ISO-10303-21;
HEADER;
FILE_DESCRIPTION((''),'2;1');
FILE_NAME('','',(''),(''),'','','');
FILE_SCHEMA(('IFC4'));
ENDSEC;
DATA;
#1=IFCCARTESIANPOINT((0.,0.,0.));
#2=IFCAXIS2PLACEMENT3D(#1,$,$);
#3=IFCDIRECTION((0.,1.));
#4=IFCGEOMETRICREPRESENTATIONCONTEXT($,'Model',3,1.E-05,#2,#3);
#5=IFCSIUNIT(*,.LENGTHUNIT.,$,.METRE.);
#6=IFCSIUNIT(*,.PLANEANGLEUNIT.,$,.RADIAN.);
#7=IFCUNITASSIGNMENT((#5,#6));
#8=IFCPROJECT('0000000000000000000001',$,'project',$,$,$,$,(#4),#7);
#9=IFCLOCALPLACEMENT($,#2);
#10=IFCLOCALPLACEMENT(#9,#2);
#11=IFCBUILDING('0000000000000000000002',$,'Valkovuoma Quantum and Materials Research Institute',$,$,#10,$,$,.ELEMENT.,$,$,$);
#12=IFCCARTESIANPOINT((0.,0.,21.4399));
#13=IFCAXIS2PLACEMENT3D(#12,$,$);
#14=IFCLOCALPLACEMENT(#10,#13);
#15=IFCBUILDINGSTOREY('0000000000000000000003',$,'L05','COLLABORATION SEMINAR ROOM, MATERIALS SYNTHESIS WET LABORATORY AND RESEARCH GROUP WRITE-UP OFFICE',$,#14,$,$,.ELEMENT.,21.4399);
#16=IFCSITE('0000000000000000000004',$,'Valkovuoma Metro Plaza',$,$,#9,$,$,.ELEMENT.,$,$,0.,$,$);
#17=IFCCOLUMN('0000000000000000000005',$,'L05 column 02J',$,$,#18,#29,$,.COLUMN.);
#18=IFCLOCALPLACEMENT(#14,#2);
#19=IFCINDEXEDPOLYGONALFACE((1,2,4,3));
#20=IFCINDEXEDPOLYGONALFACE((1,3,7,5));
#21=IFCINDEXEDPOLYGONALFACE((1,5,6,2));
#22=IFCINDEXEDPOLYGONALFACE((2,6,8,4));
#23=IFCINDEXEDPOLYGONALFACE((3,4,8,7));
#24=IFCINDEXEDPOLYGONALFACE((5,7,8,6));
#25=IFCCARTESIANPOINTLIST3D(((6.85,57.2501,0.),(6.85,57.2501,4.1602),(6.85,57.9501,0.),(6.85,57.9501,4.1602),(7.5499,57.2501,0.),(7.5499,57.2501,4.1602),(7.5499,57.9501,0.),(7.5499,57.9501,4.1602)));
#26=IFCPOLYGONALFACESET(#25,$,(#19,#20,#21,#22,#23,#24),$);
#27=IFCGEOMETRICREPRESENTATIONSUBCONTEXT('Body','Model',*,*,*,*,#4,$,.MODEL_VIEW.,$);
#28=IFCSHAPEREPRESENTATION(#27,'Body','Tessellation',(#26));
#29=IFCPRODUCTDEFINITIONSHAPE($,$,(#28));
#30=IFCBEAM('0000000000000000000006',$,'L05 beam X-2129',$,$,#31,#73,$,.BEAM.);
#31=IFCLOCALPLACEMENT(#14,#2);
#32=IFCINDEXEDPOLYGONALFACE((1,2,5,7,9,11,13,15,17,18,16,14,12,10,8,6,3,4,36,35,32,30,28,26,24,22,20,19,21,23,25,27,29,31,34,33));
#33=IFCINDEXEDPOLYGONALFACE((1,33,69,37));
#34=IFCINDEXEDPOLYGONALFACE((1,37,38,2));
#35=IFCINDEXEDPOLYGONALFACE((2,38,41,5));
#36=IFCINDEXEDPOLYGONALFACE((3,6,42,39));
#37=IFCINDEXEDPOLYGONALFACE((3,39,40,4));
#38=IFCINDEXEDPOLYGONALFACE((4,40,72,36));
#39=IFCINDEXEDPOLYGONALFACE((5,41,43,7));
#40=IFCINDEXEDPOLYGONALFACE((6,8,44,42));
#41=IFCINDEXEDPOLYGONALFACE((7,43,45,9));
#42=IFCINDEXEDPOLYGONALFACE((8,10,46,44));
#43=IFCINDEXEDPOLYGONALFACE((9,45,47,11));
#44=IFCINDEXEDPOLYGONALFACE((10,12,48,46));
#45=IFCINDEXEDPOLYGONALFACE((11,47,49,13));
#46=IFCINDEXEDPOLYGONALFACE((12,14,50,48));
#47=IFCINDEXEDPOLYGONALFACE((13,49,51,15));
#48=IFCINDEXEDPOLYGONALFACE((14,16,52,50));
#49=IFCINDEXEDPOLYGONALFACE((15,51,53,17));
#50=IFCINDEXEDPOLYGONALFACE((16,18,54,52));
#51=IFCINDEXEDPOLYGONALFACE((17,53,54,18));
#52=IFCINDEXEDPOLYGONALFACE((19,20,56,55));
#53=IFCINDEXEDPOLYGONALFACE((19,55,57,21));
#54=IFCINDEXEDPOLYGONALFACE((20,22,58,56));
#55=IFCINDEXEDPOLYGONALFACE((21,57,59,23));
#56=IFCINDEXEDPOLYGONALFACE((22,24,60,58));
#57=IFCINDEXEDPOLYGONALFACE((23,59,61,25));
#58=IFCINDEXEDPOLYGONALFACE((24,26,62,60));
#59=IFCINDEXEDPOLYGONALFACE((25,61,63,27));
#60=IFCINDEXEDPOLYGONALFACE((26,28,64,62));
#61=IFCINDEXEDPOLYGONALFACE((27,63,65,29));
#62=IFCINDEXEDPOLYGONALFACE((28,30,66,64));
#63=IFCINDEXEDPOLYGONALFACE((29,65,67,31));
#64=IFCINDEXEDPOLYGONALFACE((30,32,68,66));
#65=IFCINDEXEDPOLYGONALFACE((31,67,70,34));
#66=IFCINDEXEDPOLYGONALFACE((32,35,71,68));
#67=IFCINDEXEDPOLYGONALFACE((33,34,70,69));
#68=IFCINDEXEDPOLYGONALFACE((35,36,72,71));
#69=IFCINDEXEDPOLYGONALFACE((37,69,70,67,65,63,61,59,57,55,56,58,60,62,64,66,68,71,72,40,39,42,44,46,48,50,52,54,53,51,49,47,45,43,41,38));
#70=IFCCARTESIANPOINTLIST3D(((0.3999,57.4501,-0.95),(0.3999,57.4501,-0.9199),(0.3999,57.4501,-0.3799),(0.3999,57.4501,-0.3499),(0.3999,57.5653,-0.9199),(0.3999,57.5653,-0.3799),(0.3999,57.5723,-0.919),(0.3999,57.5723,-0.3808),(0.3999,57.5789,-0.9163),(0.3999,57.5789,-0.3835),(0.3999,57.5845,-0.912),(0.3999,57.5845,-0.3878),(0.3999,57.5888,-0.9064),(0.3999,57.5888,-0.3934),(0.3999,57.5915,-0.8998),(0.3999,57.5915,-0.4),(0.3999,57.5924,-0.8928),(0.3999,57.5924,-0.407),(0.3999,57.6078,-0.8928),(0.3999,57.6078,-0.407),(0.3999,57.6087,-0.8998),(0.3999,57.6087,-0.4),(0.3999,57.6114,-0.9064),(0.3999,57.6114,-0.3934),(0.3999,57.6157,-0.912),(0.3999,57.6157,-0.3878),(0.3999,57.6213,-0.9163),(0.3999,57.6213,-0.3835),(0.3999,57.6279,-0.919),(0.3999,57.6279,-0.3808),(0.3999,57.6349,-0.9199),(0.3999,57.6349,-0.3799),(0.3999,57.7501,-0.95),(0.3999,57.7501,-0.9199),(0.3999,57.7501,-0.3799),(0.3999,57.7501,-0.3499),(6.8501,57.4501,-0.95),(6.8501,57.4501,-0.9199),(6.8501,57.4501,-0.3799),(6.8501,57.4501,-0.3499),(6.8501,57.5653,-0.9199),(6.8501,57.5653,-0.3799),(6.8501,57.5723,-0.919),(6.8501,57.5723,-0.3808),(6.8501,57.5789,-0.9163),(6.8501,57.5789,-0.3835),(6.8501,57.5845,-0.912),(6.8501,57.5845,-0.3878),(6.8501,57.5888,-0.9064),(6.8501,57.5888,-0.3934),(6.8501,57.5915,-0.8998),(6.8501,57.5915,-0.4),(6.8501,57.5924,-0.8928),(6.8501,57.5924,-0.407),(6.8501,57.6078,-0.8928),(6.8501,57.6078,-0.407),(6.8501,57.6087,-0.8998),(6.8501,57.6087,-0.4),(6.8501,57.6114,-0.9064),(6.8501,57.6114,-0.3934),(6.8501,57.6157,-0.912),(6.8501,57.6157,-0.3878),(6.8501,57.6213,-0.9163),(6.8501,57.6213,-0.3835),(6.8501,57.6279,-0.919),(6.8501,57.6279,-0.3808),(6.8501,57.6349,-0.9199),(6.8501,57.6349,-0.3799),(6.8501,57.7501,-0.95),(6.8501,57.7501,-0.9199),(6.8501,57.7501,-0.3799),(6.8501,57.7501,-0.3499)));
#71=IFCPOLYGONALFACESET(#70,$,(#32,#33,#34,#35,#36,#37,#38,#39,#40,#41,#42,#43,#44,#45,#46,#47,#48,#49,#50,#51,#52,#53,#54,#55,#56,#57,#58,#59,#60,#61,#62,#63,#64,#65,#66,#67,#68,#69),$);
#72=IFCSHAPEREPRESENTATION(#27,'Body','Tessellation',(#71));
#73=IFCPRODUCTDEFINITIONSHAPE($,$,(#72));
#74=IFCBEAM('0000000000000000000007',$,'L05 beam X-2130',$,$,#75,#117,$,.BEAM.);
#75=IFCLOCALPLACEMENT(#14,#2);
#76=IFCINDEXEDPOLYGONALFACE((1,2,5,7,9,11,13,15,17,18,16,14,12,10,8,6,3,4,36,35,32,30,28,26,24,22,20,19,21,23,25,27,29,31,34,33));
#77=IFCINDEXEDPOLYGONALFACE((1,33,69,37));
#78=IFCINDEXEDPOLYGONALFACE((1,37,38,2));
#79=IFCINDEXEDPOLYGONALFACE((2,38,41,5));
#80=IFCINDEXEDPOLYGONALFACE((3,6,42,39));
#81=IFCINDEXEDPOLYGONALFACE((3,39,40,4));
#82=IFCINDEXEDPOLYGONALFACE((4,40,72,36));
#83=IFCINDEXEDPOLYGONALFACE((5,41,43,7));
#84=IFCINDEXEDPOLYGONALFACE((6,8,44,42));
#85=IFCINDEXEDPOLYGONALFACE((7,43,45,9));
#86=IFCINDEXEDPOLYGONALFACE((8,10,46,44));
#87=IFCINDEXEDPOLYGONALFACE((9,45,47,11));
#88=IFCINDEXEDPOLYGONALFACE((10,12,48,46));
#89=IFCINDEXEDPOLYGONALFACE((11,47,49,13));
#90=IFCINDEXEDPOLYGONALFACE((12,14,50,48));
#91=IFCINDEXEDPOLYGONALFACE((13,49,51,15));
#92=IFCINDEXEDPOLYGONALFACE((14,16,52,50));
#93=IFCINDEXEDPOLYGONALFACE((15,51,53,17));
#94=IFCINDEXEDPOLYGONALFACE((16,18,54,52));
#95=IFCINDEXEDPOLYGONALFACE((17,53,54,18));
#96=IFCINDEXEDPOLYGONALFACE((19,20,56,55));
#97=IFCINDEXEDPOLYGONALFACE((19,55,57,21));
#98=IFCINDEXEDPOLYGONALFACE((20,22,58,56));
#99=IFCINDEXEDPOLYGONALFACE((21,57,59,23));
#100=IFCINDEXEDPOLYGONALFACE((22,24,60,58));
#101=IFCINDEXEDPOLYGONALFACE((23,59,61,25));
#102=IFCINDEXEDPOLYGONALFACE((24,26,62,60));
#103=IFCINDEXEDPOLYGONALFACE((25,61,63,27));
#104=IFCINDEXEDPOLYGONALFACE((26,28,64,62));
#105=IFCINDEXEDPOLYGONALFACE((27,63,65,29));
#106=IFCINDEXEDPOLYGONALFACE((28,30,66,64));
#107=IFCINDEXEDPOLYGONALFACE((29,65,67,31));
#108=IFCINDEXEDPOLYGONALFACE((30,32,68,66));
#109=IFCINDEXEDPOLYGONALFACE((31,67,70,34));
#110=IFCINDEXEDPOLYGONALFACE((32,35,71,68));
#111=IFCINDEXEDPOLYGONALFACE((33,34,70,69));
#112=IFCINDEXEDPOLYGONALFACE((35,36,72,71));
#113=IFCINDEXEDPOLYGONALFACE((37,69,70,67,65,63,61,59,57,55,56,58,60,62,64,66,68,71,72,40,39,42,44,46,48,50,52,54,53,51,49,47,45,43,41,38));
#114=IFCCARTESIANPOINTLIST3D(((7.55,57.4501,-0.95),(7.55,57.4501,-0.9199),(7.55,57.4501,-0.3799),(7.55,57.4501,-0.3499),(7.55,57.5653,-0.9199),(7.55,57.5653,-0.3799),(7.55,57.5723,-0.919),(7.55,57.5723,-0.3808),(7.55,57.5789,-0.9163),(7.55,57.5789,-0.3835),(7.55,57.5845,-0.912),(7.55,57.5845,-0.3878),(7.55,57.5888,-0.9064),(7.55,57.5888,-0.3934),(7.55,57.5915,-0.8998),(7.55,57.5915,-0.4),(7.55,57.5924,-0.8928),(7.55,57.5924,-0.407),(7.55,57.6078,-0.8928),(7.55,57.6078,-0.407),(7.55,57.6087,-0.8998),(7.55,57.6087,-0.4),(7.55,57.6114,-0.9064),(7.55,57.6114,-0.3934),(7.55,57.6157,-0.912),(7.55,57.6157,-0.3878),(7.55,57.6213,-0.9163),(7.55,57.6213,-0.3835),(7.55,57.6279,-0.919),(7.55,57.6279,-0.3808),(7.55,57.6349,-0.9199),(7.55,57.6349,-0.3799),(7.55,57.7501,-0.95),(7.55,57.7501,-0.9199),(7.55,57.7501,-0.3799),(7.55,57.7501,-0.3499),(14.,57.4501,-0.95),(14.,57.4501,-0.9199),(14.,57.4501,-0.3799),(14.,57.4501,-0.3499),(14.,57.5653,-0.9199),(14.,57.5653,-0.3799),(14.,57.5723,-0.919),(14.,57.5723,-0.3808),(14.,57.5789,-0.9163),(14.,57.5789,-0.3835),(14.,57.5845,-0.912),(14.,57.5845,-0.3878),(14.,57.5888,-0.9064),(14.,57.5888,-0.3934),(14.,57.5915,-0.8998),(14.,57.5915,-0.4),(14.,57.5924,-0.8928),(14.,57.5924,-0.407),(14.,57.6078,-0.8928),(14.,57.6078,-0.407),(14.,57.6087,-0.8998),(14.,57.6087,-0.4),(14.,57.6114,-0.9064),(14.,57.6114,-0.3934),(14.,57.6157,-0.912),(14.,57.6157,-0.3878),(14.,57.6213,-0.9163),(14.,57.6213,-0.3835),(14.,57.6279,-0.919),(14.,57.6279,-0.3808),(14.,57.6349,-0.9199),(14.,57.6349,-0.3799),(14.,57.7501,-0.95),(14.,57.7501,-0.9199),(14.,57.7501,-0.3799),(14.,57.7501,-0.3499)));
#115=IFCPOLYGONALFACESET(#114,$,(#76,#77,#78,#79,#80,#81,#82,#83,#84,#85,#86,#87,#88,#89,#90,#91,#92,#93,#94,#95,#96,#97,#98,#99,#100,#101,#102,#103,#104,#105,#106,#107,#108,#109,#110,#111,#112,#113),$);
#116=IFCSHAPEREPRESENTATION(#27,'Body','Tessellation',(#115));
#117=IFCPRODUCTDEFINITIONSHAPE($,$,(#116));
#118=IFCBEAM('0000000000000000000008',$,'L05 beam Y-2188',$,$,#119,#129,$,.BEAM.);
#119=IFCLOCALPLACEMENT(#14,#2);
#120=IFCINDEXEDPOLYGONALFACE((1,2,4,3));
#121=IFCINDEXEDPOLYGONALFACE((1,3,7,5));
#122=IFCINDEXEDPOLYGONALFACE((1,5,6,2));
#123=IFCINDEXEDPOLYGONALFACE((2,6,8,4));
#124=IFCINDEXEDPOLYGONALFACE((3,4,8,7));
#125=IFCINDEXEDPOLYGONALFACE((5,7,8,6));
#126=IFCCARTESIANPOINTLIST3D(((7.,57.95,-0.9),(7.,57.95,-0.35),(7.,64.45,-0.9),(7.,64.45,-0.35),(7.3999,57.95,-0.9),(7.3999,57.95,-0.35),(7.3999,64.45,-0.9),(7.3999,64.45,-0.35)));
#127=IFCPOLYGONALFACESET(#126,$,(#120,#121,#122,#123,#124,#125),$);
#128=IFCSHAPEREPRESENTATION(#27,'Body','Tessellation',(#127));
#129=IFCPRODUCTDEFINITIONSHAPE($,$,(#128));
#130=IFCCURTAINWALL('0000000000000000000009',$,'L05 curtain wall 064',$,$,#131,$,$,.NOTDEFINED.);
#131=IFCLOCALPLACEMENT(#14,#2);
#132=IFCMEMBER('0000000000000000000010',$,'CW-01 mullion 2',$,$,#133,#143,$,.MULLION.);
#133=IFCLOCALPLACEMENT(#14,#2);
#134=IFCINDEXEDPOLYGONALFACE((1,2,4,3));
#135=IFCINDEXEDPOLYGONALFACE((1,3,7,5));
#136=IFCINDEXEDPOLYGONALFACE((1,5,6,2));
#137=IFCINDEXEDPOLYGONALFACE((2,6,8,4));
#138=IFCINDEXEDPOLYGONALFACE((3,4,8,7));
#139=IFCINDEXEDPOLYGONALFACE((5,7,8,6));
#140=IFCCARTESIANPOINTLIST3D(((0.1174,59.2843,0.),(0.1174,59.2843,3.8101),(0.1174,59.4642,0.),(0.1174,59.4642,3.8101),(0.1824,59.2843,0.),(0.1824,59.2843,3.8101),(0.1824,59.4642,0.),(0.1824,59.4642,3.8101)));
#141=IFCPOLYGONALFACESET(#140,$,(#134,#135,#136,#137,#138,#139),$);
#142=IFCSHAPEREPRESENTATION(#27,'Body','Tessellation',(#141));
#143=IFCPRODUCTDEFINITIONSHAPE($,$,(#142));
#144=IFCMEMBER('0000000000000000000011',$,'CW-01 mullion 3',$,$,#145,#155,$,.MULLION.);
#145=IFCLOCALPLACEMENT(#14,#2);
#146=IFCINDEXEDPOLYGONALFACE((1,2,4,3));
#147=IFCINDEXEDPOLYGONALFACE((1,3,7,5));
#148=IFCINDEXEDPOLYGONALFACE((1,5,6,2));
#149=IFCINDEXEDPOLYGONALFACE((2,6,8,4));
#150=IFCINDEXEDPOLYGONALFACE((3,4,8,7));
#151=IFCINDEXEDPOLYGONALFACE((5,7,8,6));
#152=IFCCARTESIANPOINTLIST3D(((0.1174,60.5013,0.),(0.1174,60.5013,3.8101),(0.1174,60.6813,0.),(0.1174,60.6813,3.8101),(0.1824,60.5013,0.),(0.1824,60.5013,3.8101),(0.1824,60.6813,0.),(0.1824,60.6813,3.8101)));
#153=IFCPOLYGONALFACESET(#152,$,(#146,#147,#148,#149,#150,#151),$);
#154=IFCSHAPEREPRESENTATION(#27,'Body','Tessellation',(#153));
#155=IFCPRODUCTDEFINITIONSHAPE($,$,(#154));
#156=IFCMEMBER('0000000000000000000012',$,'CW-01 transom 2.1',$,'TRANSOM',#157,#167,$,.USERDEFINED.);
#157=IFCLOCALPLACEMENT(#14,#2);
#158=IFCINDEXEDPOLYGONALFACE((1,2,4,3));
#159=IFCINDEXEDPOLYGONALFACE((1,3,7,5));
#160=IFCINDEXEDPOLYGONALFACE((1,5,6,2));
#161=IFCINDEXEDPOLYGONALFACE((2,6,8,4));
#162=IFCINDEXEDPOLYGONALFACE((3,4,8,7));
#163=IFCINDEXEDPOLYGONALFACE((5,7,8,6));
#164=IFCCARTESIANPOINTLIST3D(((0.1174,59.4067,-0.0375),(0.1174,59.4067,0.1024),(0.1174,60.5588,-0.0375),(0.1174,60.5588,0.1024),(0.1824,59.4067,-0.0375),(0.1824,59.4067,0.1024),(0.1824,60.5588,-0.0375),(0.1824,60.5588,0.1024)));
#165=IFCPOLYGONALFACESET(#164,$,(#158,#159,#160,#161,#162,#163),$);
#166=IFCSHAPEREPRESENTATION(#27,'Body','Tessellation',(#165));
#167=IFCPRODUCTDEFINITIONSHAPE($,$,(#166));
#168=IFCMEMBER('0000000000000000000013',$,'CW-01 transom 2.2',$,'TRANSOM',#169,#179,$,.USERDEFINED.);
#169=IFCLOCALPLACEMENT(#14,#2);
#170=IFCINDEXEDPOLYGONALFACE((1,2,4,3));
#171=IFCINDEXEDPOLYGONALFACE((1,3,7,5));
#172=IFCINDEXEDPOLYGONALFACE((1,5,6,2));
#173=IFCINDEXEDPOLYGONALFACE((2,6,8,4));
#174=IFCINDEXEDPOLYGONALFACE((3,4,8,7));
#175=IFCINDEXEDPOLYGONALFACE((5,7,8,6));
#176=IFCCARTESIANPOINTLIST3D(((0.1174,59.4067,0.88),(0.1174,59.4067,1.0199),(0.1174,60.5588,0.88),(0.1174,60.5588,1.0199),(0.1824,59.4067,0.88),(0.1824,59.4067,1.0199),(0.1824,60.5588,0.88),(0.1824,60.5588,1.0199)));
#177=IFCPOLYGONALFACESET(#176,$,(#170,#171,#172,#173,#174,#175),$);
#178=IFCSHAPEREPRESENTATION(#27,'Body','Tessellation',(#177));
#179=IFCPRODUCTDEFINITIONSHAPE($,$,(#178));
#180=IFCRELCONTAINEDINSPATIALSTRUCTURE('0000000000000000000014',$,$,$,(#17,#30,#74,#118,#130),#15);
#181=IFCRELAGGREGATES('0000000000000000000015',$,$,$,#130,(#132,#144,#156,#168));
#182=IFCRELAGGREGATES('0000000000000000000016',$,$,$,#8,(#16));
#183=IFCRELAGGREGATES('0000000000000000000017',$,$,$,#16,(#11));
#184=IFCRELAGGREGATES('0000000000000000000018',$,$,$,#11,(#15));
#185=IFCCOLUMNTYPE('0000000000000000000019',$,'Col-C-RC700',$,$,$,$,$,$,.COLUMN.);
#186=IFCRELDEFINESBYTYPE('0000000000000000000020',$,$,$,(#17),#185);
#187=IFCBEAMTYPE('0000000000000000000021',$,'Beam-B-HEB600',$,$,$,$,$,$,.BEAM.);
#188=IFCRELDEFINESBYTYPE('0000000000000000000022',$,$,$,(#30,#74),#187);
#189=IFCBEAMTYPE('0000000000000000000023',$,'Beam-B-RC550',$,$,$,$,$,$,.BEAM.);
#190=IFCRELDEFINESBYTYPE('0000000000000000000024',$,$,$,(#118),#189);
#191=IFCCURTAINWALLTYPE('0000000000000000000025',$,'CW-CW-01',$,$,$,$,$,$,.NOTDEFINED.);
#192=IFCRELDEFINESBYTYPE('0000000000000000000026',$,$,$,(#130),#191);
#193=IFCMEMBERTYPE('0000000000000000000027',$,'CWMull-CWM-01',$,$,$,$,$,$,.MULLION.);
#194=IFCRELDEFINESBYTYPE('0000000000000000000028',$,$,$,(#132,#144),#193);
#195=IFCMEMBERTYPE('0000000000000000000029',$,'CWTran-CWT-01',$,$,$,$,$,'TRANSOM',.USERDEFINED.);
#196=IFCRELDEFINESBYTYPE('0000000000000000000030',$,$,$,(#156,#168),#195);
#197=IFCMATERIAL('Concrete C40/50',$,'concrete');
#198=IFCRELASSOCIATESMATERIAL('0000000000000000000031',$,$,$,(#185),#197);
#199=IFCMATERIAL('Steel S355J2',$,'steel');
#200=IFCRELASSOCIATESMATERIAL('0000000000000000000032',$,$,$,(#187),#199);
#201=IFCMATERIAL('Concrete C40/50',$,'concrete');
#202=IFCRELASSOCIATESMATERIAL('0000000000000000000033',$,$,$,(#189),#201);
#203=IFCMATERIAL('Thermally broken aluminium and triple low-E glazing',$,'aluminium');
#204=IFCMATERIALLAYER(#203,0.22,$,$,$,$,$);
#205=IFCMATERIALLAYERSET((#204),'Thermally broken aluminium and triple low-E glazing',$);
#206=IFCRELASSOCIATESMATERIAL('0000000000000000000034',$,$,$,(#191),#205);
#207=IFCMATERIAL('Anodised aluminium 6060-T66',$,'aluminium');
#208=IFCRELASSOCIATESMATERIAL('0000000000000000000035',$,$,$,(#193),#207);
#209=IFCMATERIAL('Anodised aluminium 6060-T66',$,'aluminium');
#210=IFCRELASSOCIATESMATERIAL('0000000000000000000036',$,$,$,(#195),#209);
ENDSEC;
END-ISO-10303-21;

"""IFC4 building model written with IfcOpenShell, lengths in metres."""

from ifc_helpers import new_model, si_unit, direction, frame, origin, origin_2d, place, context, subcontext, project, spatial, rectangle, i_section, extrude, material, layer, layer_set, material_profile, profile_set, type_object, element, aggregate, save


model = new_model("IFC4")

# Units and contexts
model_context = context("Model", 3, precision=1e-05, world=origin(), true_north=direction((0.0, 1.0)))
body_context = subcontext(model_context, "Body", "Model", "MODEL_VIEW")
ifc_project = project(units=[si_unit("LENGTHUNIT", "METRE"), si_unit("PLANEANGLEUNIT", "RADIAN")], contexts=[model_context])

# Site, building, storey
site_placement = place(None, origin())
site = spatial("IfcSite", under=ifc_project, at=site_placement, Name="Valkovuoma Metro Plaza", CompositionType="ELEMENT", RefElevation=0.0)
building_placement = place(site_placement, origin())
building = spatial("IfcBuilding", under=site, at=building_placement, Name="Valkovuoma Quantum and Materials Research Institute", CompositionType="ELEMENT")
storey_placement = place(building_placement, frame((0.0, 0.0, 21.4399)))
storey = spatial("IfcBuildingStorey", under=building, at=storey_placement, Name="L05", Description="COLLABORATION SEMINAR ROOM, MATERIALS SYNTHESIS WET LABORATORY AND RESEARCH GROUP WRITE-UP OFFICE", CompositionType="ELEMENT", Elevation=21.4399)

# Column
ifc_material_1 = material(Name="Concrete C40/50", Category="concrete")
ifc_material_profile_1 = material_profile(ifc_material_1, rectangle(XDim=0.7, YDim=0.7, at=origin_2d()), Name="Concrete C40/50")
ifc_profile_set_1 = profile_set([ifc_material_profile_1], Name="Concrete C40/50")
column_type = type_object("IfcColumnType", Name="Col-C-RC700", PredefinedType="COLUMN", material=ifc_profile_set_1)
column_placement = place(storey_placement, frame((7.2, 57.6001, 0.0), z_axis=(0.0, 0.0, 1.0), x_axis=(1.0, 0.0, 0.0)))
element("IfcColumn", 1, at=column_placement, inside=storey, type_object=column_type, Name="L05 column 02J", PredefinedType="COLUMN", context=body_context, shape_type="SweptSolid", body=[
    extrude(rectangle(XDim=0.7, YDim=0.7, at=origin_2d()), origin(), (0.0, 0.0, 1.0), 4.1602),
])

# Beams
ifc_material_2 = material(Name="Steel S355J2", Category="steel")
ifc_material_profile_2 = material_profile(ifc_material_2, i_section(OverallWidth=0.3, OverallDepth=0.6001, WebThickness=0.0154, FlangeThickness=0.03, FilletRadius=0.0271, at=origin_2d()), Name="Steel S355J2")
ifc_profile_set_2 = profile_set([ifc_material_profile_2], Name="Steel S355J2")
beam_type_1 = type_object("IfcBeamType", Name="Beam-B-HEB600", PredefinedType="BEAM", material=ifc_profile_set_2)
beam_1_placement = place(storey_placement, frame((0.3999, 57.6001, -0.6499), z_axis=(1.0, 0.0, 0.0), x_axis=(0.0, 1.0, 0.0)))
element("IfcBeam", 2, at=beam_1_placement, inside=storey, type_object=beam_type_1, Name="L05 beam X-2129", PredefinedType="BEAM", context=body_context, shape_type="SweptSolid", body=[
    extrude(i_section(OverallWidth=0.3, OverallDepth=0.6001, WebThickness=0.0154, FlangeThickness=0.03, FilletRadius=0.0271, at=origin_2d()), origin(), (0.0, 0.0, 1.0), 6.4502),
])
beam_2_placement = place(storey_placement, frame((7.55, 57.6001, -0.6499), z_axis=(1.0, 0.0, 0.0), x_axis=(0.0, 1.0, 0.0)))
element("IfcBeam", 3, at=beam_2_placement, inside=storey, type_object=beam_type_1, Name="L05 beam X-2130", PredefinedType="BEAM", context=body_context, shape_type="SweptSolid", body=[
    extrude(i_section(OverallWidth=0.3, OverallDepth=0.6001, WebThickness=0.0154, FlangeThickness=0.03, FilletRadius=0.0271, at=origin_2d()), origin(), (0.0, 0.0, 1.0), 6.45),
])
ifc_material_3 = material(Name="Concrete C40/50", Category="concrete")
ifc_material_profile_3 = material_profile(ifc_material_3, rectangle(XDim=0.3999, YDim=0.55, at=origin_2d()), Name="Concrete C40/50")
ifc_profile_set_3 = profile_set([ifc_material_profile_3], Name="Concrete C40/50")
beam_type_2 = type_object("IfcBeamType", Name="Beam-B-RC550", PredefinedType="BEAM", material=ifc_profile_set_3)
beam_3_placement = place(storey_placement, frame((7.2, 57.95, -0.625), z_axis=(0.0, 1.0, 0.0), x_axis=(-1.0, 0.0, 0.0)))
element("IfcBeam", 4, at=beam_3_placement, inside=storey, type_object=beam_type_2, Name="L05 beam Y-2188", PredefinedType="BEAM", context=body_context, shape_type="SweptSolid", body=[
    extrude(rectangle(XDim=0.3999, YDim=0.55, at=origin_2d()), origin(), (0.0, 0.0, 1.0), 6.5),
])

# Curtain wall, members
ifc_material_4 = material(Name="Thermally broken aluminium and triple low-E glazing", Category="aluminium")
ifc_layer_1 = layer(ifc_material_4, 0.22)
ifc_layer_set_1 = layer_set([ifc_layer_1], Name="Thermally broken aluminium and triple low-E glazing")
curtain_wall_type = type_object("IfcCurtainWallType", Name="CW-CW-01", PredefinedType="NOTDEFINED", material=ifc_layer_set_1)
curtain_wall_placement = place(storey_placement, origin())
curtain_wall = element("IfcCurtainWall", 5, at=curtain_wall_placement, inside=storey, type_object=curtain_wall_type, Name="L05 curtain wall 064", PredefinedType="NOTDEFINED")
ifc_material_5 = material(Name="Anodised aluminium 6060-T66", Category="aluminium")
ifc_material_profile_4 = material_profile(ifc_material_5, rectangle(XDim=0.0649, YDim=0.1799, at=origin_2d()), Name="Anodised aluminium 6060-T66")
ifc_profile_set_4 = profile_set([ifc_material_profile_4], Name="Anodised aluminium 6060-T66")
member_type_1 = type_object("IfcMemberType", Name="CWMull-CWM-01", PredefinedType="MULLION", material=ifc_profile_set_4)
member_1_placement = place(storey_placement, frame((0.1499, 59.3743, 0.0), z_axis=(0.0, 0.0, 1.0), x_axis=(-1.0, 0.0, 0.0)))
member_1 = element("IfcMember", 6, at=member_1_placement, type_object=member_type_1, Name="CW-01 mullion 2", PredefinedType="MULLION", context=body_context, shape_type="SweptSolid", body=[
    extrude(rectangle(XDim=0.0649, YDim=0.1799, at=origin_2d()), origin(), (0.0, 0.0, 1.0), 3.8101),
])
member_2_placement = place(storey_placement, frame((0.1499, 60.5913, 0.0), z_axis=(0.0, 0.0, 1.0), x_axis=(-1.0, 0.0, 0.0)))
member_2 = element("IfcMember", 7, at=member_2_placement, type_object=member_type_1, Name="CW-01 mullion 3", PredefinedType="MULLION", context=body_context, shape_type="SweptSolid", body=[
    extrude(rectangle(XDim=0.0649, YDim=0.1799, at=origin_2d()), origin(), (0.0, 0.0, 1.0), 3.8101),
])
ifc_material_6 = material(Name="Anodised aluminium 6060-T66", Category="aluminium")
ifc_material_profile_5 = material_profile(ifc_material_6, rectangle(XDim=0.0649, YDim=0.1399, at=origin_2d()), Name="Anodised aluminium 6060-T66")
ifc_profile_set_5 = profile_set([ifc_material_profile_5], Name="Anodised aluminium 6060-T66")
member_type_2 = type_object("IfcMemberType", Name="CWTran-CWT-01", ElementType="TRANSOM", PredefinedType="USERDEFINED", material=ifc_profile_set_5)
member_3_placement = place(storey_placement, frame((0.1499, 59.4067, 0.0325), z_axis=(0.0, 1.0, 0.0), x_axis=(-1.0, 0.0, 0.0)))
member_3 = element("IfcMember", 8, at=member_3_placement, type_object=member_type_2, Name="CW-01 transom 2.1", ObjectType="TRANSOM", PredefinedType="USERDEFINED", context=body_context, shape_type="SweptSolid", body=[
    extrude(rectangle(XDim=0.0649, YDim=0.1399, at=origin_2d()), origin(), (0.0, 0.0, 1.0), 1.1521),
])
member_4_placement = place(storey_placement, frame((0.1499, 59.4067, 0.95), z_axis=(0.0, 1.0, 0.0), x_axis=(-1.0, 0.0, 0.0)))
member_4 = element("IfcMember", 9, at=member_4_placement, type_object=member_type_2, Name="CW-01 transom 2.2", ObjectType="TRANSOM", PredefinedType="USERDEFINED", context=body_context, shape_type="SweptSolid", body=[
    extrude(rectangle(XDim=0.0649, YDim=0.1399, at=origin_2d()), origin(), (0.0, 0.0, 1.0), 1.1521),
])
aggregate(curtain_wall, [member_1, member_2, member_3, member_4])

save(model, "model.ifc")
